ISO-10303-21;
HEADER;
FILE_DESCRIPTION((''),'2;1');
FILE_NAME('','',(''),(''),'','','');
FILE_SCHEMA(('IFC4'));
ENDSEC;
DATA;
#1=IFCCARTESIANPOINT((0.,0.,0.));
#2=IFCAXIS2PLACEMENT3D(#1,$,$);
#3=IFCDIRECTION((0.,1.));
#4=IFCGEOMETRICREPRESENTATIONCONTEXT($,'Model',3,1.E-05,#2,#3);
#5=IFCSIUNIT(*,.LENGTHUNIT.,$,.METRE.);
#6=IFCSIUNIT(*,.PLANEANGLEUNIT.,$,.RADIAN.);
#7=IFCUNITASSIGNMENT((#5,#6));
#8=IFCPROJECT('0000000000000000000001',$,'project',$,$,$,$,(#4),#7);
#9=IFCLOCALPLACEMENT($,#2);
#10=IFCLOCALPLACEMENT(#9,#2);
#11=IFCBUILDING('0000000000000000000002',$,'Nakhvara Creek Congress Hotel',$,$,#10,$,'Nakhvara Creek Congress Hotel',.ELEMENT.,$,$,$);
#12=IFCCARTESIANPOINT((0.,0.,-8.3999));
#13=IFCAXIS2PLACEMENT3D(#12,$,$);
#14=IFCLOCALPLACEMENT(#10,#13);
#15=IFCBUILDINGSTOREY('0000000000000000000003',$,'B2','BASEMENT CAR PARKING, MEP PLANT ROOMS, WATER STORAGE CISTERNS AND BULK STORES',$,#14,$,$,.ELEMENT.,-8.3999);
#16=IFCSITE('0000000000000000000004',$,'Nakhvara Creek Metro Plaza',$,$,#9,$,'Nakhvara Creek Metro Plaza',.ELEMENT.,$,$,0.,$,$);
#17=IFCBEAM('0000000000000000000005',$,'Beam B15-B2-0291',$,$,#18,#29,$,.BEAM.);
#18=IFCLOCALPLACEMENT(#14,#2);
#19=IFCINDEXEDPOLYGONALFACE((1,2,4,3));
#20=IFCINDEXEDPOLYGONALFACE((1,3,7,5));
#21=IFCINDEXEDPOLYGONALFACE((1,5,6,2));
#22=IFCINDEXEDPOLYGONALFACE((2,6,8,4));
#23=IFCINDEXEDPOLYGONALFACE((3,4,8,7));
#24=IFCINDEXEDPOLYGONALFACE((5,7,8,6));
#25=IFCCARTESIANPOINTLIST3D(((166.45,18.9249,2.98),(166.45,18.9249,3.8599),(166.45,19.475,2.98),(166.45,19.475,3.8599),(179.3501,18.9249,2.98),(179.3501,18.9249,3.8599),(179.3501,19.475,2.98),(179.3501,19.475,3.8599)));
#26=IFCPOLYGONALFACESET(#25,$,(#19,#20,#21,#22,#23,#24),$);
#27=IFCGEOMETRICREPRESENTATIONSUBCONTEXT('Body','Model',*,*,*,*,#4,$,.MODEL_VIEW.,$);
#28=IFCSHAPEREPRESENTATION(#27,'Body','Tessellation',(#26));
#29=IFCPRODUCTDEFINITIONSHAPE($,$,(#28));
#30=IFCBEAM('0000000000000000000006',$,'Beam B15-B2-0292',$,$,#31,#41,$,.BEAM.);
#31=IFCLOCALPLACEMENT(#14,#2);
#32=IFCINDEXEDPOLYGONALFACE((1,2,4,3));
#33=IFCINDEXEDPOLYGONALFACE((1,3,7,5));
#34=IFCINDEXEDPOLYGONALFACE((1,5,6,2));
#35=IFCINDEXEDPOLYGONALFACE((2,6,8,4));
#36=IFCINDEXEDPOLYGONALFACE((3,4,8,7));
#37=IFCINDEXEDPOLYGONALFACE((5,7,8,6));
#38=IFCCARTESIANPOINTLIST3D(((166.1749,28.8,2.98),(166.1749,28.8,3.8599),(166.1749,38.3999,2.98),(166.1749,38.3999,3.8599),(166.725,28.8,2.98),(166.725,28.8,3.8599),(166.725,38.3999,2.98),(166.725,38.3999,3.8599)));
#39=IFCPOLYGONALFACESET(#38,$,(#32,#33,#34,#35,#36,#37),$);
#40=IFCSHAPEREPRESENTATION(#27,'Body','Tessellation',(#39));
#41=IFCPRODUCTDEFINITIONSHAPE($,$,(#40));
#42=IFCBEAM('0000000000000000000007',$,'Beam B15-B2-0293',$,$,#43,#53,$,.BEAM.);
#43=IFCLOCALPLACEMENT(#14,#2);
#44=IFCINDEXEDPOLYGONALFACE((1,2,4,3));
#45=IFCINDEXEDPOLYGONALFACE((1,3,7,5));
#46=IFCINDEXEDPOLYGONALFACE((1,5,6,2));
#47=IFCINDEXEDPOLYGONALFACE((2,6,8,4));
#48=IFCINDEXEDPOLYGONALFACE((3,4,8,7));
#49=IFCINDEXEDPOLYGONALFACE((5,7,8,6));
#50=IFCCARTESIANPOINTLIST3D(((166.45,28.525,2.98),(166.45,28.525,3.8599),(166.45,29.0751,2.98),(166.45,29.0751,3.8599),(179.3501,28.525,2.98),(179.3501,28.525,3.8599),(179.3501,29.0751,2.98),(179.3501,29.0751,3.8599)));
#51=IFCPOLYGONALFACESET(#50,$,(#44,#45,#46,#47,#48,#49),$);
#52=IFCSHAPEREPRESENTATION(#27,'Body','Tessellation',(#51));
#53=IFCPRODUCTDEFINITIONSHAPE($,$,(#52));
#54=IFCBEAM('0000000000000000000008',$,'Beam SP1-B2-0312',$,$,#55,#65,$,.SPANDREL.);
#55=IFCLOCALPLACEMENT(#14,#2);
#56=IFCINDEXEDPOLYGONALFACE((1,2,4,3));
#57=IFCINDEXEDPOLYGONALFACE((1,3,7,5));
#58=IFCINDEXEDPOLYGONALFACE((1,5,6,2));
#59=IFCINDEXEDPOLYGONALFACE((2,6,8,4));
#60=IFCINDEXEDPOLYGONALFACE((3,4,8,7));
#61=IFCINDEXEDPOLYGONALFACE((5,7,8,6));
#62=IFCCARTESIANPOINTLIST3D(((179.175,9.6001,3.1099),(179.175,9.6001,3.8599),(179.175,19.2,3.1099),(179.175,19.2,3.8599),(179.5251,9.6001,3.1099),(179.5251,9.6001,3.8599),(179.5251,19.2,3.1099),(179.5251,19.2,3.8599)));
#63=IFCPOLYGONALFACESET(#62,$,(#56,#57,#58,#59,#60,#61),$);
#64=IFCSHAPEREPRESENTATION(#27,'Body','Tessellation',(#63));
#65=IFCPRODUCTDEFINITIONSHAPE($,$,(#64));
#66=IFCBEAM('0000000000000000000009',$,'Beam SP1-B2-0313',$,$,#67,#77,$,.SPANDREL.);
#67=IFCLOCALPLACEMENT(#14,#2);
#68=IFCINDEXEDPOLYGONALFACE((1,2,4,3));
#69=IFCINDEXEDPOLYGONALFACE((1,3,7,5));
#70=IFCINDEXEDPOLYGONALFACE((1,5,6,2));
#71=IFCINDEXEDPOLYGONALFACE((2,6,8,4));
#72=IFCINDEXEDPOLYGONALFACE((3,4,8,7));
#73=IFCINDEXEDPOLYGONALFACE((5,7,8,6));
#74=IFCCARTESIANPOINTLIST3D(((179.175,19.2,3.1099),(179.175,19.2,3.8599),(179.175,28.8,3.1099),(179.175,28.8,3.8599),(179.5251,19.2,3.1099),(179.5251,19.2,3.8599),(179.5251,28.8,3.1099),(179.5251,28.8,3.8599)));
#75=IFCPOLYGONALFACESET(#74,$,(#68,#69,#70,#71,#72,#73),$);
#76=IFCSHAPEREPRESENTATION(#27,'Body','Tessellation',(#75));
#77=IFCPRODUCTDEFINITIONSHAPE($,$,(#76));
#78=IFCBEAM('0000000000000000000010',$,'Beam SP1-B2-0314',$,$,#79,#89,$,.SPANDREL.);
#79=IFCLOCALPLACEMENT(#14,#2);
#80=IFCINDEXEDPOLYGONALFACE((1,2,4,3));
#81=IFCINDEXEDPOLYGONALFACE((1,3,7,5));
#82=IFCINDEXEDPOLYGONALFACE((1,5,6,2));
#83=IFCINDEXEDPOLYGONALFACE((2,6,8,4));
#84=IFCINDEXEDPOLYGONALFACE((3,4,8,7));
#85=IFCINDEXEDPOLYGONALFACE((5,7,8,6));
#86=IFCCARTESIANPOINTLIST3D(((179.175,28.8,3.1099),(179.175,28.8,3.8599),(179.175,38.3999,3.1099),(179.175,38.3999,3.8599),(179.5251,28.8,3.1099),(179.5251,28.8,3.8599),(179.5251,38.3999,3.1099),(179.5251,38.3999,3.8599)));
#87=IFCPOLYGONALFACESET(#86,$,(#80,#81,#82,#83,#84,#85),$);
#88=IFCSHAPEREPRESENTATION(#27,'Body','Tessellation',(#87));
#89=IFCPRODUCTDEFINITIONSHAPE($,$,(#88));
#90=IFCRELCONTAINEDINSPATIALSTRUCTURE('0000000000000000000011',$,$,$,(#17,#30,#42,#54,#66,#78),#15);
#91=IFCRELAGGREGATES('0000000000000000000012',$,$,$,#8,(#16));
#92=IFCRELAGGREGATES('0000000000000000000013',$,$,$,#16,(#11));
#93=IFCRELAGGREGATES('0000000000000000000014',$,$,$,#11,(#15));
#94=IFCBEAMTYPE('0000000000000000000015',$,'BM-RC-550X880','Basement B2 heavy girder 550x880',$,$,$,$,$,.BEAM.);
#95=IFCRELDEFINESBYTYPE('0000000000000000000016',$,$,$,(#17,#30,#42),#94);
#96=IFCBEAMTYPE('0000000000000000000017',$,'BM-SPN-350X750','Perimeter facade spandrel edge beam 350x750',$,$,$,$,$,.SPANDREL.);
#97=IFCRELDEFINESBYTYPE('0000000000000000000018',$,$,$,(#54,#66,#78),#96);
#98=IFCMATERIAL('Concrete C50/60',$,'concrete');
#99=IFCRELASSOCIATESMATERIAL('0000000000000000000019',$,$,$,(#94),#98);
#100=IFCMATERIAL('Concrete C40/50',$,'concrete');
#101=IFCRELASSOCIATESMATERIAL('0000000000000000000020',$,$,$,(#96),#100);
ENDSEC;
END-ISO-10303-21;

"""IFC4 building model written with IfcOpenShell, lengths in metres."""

from ifc_helpers import new_model, si_unit, direction, frame, origin, origin_2d, place, context, subcontext, project, spatial, rectangle, extrude, material, material_profile, profile_set, type_object, element, save


model = new_model("IFC4")

# Units and contexts
model_context = context("Model", 3, precision=1e-05, world=origin(), true_north=direction((0.0, 1.0)))
body_context = subcontext(model_context, "Body", "Model", "MODEL_VIEW")
ifc_project = project(units=[si_unit("LENGTHUNIT", "METRE"), si_unit("PLANEANGLEUNIT", "RADIAN")], contexts=[model_context])

# Site, building, storey
site_placement = place(None, origin())
site = spatial("IfcSite", under=ifc_project, at=site_placement, Name="Nakhvara Creek Metro Plaza", LongName="Nakhvara Creek Metro Plaza", CompositionType="ELEMENT", RefElevation=0.0)
building_placement = place(site_placement, origin())
building = spatial("IfcBuilding", under=site, at=building_placement, Name="Nakhvara Creek Congress Hotel", LongName="Nakhvara Creek Congress Hotel", CompositionType="ELEMENT")
storey_placement = place(building_placement, frame((0.0, 0.0, -8.3999)))
storey = spatial("IfcBuildingStorey", under=building, at=storey_placement, Name="B2", Description="BASEMENT CAR PARKING, MEP PLANT ROOMS, WATER STORAGE CISTERNS AND BULK STORES", CompositionType="ELEMENT", Elevation=-8.3999)

# Shared definitions
ifc_material_1 = material(Name="Concrete C40/50", Category="concrete")

# Shared definitions
ifc_material_2 = material(Name="Concrete C50/60", Category="concrete")

# Beams
ifc_material_profile_1 = material_profile(ifc_material_2, rectangle(XDim=0.55, YDim=0.8799, at=origin_2d()), Name="RC-BM 550x880", Category="LoadBearing")
ifc_profile_set_1 = profile_set([ifc_material_profile_1], Name="Concrete C50/60")
beam_type_1 = type_object("IfcBeamType", Name="BM-RC-550X880", Description="Basement B2 heavy girder 550x880", PredefinedType="BEAM", material=ifc_profile_set_1)
beam_1_placement = place(storey_placement, frame((166.45, 19.2, 3.4199), z_axis=(1.0, 0.0, 0.0), x_axis=(0.0, 1.0, 0.0)))
element("IfcBeam", 1, at=beam_1_placement, inside=storey, type_object=beam_type_1, Name="Beam B15-B2-0291", PredefinedType="BEAM", context=body_context, shape_type="SweptSolid", body=[
    extrude(rectangle(XDim=0.55, YDim=0.8799, at=origin_2d()), origin(), (0.0, 0.0, 1.0), 12.9001),
])
beam_2_placement = place(storey_placement, frame((166.45, 28.8, 3.4199), z_axis=(0.0, 1.0, 0.0), x_axis=(-1.0, 0.0, 0.0)))
element("IfcBeam", 2, at=beam_2_placement, inside=storey, type_object=beam_type_1, Name="Beam B15-B2-0292", PredefinedType="BEAM", context=body_context, shape_type="SweptSolid", body=[
    extrude(rectangle(XDim=0.55, YDim=0.8799, at=origin_2d()), origin(), (0.0, 0.0, 1.0), 9.5999),
])
beam_3_placement = place(storey_placement, frame((166.45, 28.8, 3.4199), z_axis=(1.0, 0.0, 0.0), x_axis=(0.0, 1.0, 0.0)))
element("IfcBeam", 3, at=beam_3_placement, inside=storey, type_object=beam_type_1, Name="Beam B15-B2-0293", PredefinedType="BEAM", context=body_context, shape_type="SweptSolid", body=[
    extrude(rectangle(XDim=0.55, YDim=0.8799, at=origin_2d()), origin(), (0.0, 0.0, 1.0), 12.9001),
])
ifc_material_profile_2 = material_profile(ifc_material_1, rectangle(XDim=0.3501, YDim=0.75, at=origin_2d()), Name="RC-SPANDREL 350x750", Category="LoadBearing")
ifc_profile_set_2 = profile_set([ifc_material_profile_2], Name="Concrete C40/50")
beam_type_2 = type_object("IfcBeamType", Name="BM-SPN-350X750", Description="Perimeter facade spandrel edge beam 350x750", PredefinedType="SPANDREL", material=ifc_profile_set_2)
beam_4_placement = place(storey_placement, frame((179.3501, 9.6001, 3.4849), z_axis=(0.0, 1.0, 0.0), x_axis=(-1.0, 0.0, 0.0)))
element("IfcBeam", 4, at=beam_4_placement, inside=storey, type_object=beam_type_2, Name="Beam SP1-B2-0312", PredefinedType="SPANDREL", context=body_context, shape_type="SweptSolid", body=[
    extrude(rectangle(XDim=0.3501, YDim=0.75, at=origin_2d()), origin(), (0.0, 0.0, 1.0), 9.5999),
])
beam_5_placement = place(storey_placement, frame((179.3501, 19.2, 3.4849), z_axis=(0.0, 1.0, 0.0), x_axis=(-1.0, 0.0, 0.0)))
element("IfcBeam", 5, at=beam_5_placement, inside=storey, type_object=beam_type_2, Name="Beam SP1-B2-0313", PredefinedType="SPANDREL", context=body_context, shape_type="SweptSolid", body=[
    extrude(rectangle(XDim=0.3501, YDim=0.75, at=origin_2d()), origin(), (0.0, 0.0, 1.0), 9.6001),
])
beam_6_placement = place(storey_placement, frame((179.3501, 28.8, 3.4849), z_axis=(0.0, 1.0, 0.0), x_axis=(-1.0, 0.0, 0.0)))
element("IfcBeam", 6, at=beam_6_placement, inside=storey, type_object=beam_type_2, Name="Beam SP1-B2-0314", PredefinedType="SPANDREL", context=body_context, shape_type="SweptSolid", body=[
    extrude(rectangle(XDim=0.3501, YDim=0.75, at=origin_2d()), origin(), (0.0, 0.0, 1.0), 9.5999),
])

save(model, "model.ifc")
